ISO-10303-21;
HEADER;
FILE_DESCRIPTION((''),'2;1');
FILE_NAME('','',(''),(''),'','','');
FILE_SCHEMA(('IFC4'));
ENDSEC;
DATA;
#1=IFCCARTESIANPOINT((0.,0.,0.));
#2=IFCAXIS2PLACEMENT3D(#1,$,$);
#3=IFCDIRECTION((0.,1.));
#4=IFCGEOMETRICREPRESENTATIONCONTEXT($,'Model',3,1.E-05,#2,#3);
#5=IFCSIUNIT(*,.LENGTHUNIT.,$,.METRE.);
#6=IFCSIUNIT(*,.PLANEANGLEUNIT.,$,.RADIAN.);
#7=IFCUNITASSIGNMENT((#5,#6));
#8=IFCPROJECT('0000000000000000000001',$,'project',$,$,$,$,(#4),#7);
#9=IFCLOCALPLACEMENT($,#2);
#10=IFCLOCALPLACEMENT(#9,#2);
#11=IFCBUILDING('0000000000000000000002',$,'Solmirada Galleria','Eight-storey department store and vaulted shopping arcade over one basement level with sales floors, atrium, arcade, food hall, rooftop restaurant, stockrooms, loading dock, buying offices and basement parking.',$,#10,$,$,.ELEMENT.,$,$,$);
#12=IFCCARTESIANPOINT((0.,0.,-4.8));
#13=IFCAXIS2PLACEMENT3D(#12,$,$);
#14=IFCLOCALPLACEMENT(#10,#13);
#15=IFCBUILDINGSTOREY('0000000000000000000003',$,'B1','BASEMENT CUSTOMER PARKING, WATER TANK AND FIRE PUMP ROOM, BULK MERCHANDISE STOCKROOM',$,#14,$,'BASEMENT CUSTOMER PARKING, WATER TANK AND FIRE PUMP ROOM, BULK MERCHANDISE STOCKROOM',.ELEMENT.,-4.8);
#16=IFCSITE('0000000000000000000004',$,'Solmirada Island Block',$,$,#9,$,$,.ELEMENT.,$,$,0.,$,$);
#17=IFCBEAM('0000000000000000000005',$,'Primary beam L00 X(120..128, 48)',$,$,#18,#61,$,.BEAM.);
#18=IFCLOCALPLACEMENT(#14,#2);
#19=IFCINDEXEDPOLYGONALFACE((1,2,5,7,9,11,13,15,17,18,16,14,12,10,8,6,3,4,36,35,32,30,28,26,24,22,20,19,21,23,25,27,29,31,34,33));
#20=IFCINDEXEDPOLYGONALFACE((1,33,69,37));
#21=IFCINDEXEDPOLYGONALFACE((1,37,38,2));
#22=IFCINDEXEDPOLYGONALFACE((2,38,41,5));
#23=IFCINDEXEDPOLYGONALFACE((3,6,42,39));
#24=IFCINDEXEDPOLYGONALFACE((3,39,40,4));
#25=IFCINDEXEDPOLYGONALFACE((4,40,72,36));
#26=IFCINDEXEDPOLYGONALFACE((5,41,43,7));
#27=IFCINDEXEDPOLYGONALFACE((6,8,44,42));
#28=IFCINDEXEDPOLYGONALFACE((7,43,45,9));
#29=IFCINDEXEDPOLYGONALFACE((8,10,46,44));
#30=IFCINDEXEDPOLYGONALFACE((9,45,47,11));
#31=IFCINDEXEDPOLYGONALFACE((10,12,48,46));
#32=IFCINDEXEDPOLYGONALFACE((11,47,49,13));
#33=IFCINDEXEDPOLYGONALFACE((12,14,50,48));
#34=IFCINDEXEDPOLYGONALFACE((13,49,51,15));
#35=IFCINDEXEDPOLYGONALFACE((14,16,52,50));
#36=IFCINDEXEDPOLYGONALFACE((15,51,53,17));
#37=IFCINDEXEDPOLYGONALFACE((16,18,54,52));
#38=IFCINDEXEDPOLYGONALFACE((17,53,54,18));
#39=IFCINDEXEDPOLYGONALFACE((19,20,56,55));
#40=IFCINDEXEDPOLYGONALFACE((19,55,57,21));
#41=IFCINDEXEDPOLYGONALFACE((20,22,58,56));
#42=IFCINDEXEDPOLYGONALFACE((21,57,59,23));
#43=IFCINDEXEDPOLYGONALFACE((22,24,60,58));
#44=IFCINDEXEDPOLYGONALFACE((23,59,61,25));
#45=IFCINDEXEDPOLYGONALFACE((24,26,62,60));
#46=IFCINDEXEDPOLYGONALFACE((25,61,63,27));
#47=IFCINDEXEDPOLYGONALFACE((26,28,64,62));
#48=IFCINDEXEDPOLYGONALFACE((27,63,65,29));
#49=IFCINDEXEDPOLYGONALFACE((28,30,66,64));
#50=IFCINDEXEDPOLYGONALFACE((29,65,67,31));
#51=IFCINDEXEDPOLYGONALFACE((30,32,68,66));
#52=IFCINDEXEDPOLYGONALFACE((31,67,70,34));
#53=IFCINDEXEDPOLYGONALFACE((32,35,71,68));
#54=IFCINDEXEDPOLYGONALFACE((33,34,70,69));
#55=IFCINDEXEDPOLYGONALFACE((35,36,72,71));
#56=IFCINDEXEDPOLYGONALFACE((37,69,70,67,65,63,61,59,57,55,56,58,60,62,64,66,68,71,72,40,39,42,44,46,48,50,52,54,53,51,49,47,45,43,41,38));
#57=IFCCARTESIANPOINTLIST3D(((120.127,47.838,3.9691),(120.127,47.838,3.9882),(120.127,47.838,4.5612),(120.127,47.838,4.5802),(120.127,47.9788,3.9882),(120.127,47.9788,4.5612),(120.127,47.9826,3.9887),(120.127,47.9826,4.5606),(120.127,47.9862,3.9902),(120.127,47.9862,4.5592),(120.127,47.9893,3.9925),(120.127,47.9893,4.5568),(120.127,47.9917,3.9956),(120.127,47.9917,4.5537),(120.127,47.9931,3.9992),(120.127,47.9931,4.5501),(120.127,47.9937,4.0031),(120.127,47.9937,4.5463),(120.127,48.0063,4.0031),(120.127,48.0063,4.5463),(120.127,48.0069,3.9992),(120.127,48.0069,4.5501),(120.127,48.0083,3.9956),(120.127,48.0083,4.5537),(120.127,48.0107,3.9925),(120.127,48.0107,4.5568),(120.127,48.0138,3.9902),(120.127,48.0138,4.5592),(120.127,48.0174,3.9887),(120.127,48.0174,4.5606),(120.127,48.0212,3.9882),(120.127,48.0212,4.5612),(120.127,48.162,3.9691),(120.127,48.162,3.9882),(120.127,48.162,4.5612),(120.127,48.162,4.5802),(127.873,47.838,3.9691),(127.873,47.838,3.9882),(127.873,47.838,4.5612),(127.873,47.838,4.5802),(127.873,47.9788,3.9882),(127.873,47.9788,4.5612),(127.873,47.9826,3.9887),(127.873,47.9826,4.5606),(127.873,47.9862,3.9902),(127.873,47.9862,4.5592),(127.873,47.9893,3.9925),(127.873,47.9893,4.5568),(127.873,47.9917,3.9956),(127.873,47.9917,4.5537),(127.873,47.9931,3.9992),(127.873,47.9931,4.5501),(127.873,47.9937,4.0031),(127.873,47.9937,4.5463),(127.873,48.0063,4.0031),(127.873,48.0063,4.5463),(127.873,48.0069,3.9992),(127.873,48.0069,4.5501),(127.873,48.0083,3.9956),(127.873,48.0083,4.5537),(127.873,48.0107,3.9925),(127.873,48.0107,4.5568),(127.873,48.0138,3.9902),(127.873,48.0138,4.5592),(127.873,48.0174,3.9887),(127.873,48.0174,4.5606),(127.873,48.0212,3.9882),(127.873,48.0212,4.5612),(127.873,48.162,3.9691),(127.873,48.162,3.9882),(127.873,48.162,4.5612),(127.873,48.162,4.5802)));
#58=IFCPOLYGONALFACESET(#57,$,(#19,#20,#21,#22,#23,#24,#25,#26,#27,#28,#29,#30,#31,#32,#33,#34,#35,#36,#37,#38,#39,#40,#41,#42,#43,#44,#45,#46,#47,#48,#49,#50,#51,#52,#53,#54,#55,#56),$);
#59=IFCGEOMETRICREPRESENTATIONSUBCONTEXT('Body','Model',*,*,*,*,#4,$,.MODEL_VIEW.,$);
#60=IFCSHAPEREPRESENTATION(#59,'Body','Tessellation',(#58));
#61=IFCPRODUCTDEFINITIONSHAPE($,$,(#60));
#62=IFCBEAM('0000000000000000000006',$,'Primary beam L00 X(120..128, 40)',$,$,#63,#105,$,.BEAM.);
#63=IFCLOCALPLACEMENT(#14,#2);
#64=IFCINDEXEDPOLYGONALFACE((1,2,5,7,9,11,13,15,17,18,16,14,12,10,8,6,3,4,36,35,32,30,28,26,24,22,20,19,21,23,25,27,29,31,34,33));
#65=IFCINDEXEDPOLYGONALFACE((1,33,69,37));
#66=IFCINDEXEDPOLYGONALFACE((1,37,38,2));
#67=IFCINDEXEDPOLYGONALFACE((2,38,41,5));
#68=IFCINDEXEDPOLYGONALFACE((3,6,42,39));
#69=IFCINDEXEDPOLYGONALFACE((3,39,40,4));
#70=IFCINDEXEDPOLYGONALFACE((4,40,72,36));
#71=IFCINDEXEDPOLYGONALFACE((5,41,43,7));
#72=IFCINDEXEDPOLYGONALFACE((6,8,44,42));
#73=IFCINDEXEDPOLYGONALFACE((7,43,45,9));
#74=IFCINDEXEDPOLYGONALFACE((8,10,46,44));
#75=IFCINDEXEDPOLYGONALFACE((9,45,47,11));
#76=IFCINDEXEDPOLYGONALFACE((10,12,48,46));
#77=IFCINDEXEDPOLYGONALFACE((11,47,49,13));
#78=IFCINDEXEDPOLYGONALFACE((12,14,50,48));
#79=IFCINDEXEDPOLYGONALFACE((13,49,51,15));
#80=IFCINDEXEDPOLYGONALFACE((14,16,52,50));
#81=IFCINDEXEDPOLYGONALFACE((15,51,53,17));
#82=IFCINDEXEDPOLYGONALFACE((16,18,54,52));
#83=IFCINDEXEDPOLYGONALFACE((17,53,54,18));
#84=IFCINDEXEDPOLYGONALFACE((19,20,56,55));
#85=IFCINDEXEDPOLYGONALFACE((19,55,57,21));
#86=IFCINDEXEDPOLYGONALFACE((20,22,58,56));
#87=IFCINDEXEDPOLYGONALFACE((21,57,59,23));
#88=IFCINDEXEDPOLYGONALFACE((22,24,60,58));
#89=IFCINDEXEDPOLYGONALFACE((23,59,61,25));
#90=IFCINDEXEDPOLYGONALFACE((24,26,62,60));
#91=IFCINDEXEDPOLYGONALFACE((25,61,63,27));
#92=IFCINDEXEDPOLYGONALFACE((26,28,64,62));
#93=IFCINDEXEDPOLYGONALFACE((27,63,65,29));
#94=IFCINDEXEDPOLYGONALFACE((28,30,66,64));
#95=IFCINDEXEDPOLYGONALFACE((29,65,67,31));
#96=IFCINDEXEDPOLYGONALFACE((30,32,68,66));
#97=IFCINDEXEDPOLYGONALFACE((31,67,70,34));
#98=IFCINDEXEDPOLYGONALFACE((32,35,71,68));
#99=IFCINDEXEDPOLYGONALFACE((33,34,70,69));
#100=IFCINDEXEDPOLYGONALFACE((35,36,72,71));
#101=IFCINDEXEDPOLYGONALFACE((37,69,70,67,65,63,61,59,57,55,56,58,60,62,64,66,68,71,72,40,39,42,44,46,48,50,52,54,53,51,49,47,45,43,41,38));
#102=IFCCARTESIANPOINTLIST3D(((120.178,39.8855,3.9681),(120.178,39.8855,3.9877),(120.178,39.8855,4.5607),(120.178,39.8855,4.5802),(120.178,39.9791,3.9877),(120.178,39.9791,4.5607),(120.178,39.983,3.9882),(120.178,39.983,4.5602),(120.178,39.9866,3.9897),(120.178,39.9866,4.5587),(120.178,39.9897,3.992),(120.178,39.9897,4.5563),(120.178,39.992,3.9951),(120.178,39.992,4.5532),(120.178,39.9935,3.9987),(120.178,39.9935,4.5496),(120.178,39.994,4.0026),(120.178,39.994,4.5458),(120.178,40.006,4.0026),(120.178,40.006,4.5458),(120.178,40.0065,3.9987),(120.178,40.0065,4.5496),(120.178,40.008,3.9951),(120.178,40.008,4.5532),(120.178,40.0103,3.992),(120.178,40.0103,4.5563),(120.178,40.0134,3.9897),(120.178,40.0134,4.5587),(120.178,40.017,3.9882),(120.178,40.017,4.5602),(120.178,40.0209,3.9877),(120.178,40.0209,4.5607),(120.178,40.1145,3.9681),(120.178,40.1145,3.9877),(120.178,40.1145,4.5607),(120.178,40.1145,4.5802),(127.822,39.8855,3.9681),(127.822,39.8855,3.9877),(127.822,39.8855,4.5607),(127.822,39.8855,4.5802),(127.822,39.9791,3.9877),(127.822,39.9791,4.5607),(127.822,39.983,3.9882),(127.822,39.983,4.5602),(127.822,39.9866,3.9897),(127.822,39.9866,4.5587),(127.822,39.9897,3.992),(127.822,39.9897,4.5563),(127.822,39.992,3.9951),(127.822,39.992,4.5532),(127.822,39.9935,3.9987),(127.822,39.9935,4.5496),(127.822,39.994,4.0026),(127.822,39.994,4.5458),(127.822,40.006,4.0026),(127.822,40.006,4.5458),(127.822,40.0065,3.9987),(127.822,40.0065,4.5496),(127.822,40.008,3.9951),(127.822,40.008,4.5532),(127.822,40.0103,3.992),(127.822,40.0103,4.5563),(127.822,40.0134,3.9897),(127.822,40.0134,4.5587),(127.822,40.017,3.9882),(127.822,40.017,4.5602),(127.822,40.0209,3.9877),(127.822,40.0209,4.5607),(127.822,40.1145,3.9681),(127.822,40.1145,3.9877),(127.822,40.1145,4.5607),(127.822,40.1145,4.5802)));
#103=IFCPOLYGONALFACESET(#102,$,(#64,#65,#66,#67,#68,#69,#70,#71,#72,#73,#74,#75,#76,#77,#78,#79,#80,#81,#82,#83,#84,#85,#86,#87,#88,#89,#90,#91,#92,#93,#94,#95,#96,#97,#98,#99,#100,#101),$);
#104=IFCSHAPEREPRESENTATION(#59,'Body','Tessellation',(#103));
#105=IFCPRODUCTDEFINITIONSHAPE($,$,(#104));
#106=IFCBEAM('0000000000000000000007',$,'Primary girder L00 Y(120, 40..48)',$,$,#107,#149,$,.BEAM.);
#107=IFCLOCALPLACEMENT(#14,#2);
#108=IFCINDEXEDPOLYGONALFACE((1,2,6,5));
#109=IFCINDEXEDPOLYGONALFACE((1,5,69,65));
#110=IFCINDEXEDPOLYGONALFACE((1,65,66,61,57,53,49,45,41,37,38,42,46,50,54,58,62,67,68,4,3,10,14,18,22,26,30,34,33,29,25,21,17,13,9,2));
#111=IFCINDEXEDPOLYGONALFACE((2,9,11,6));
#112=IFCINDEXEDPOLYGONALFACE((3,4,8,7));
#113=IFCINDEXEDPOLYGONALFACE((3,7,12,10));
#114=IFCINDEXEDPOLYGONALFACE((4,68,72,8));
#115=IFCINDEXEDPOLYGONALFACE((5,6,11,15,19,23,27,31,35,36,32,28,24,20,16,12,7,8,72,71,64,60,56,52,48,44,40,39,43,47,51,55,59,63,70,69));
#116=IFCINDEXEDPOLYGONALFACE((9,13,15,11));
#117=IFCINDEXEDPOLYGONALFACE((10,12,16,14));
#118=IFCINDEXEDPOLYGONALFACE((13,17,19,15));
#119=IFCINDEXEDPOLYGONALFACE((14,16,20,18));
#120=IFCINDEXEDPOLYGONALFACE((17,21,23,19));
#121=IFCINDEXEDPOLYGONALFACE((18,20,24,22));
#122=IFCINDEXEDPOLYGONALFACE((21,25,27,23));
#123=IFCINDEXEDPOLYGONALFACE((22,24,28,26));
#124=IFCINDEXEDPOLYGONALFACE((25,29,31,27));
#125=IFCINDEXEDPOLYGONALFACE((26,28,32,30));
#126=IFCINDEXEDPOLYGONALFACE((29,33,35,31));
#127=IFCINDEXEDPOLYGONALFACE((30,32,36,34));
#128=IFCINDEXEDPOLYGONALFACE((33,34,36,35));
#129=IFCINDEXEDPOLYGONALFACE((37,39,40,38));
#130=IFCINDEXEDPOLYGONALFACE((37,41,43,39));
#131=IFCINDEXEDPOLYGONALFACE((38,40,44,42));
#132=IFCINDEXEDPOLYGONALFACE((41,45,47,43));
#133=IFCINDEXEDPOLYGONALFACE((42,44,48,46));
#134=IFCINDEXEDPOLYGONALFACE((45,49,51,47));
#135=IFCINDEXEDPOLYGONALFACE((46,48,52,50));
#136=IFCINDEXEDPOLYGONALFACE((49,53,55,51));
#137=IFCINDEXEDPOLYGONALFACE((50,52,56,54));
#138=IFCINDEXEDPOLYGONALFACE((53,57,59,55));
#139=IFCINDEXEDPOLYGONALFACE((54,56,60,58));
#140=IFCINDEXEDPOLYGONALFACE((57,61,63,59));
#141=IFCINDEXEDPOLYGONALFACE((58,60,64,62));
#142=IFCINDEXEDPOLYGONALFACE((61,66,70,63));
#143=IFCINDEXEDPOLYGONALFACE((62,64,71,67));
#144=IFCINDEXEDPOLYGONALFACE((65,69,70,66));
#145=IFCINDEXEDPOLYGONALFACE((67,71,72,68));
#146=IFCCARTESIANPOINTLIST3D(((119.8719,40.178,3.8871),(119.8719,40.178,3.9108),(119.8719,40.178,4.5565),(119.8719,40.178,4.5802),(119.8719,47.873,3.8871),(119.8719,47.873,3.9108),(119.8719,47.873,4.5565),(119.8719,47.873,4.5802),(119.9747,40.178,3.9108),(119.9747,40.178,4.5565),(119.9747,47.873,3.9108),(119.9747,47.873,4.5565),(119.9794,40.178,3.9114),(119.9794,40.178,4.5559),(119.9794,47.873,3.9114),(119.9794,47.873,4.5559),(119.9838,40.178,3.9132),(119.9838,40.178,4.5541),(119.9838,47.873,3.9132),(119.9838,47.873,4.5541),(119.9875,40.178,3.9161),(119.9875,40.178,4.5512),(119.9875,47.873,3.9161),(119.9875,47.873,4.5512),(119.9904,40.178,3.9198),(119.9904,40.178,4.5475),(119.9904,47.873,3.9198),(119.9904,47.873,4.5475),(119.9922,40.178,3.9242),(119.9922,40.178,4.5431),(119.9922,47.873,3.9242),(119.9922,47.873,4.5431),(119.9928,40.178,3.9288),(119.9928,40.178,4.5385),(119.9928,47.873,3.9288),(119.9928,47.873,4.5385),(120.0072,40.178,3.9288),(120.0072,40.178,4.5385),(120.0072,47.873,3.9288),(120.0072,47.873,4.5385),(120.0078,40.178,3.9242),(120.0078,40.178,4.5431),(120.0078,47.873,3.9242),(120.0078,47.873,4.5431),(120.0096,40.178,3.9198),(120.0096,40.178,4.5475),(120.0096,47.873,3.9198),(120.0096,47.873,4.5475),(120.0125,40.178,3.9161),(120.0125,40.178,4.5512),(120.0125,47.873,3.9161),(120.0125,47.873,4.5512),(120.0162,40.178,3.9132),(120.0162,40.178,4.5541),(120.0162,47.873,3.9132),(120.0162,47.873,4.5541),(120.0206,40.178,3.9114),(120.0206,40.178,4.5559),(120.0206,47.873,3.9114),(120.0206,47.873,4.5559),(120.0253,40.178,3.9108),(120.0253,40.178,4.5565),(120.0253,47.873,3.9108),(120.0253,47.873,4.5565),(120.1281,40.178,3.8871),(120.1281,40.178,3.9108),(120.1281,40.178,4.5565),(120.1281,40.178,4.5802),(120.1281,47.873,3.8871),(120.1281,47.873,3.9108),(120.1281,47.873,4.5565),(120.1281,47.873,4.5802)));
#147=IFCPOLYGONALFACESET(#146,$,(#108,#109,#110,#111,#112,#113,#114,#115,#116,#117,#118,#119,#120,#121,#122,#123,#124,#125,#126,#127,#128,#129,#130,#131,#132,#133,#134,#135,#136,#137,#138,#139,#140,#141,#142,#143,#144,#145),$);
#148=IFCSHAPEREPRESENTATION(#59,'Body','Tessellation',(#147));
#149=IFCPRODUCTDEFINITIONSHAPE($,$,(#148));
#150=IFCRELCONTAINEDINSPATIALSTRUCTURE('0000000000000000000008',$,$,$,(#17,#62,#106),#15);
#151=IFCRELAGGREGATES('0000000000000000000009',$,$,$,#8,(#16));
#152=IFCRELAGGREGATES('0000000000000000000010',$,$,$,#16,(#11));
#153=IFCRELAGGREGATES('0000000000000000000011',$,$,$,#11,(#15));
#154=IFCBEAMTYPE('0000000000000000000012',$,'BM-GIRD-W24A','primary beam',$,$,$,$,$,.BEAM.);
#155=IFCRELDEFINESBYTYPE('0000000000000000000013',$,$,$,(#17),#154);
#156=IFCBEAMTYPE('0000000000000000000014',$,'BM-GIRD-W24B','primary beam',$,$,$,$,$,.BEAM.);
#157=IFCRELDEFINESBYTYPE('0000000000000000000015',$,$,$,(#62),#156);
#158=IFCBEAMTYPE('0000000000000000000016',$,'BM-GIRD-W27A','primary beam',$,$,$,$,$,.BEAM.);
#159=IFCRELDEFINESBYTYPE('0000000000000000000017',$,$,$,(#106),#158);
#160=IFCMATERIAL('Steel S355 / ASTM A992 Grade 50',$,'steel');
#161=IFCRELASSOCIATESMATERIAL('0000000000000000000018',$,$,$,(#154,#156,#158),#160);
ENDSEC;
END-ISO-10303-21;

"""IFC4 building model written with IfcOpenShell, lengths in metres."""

from ifc_helpers import new_model, si_unit, direction, frame, origin, origin_2d, place, context, subcontext, project, spatial, i_section, extrude, material, material_profile, profile_set, type_object, element, save


model = new_model("IFC4")

# Units and contexts
model_context = context("Model", 3, precision=1e-05, world=origin(), true_north=direction((0.0, 1.0)))
body_context = subcontext(model_context, "Body", "Model", "MODEL_VIEW")
ifc_project = project(units=[si_unit("LENGTHUNIT", "METRE"), si_unit("PLANEANGLEUNIT", "RADIAN")], contexts=[model_context])

# Site, building, storey
site_placement = place(None, origin())
site = spatial("IfcSite", under=ifc_project, at=site_placement, Name="Solmirada Island Block", CompositionType="ELEMENT", RefElevation=0.0)
building_placement = place(site_placement, origin())
building = spatial("IfcBuilding", under=site, at=building_placement, Name="Solmirada Galleria", Description="Eight-storey department store and vaulted shopping arcade over one basement level with sales floors, atrium, arcade, food hall, rooftop restaurant, stockrooms, loading dock, buying offices and basement parking.", CompositionType="ELEMENT")
storey_placement = place(building_placement, frame((0.0, 0.0, -4.8)))
storey = spatial("IfcBuildingStorey", under=building, at=storey_placement, Name="B1", Description="BASEMENT CUSTOMER PARKING, WATER TANK AND FIRE PUMP ROOM, BULK MERCHANDISE STOCKROOM", LongName="BASEMENT CUSTOMER PARKING, WATER TANK AND FIRE PUMP ROOM, BULK MERCHANDISE STOCKROOM", CompositionType="ELEMENT", Elevation=-4.8)

# Beams
ifc_material_1 = material(Name="Steel S355 / ASTM A992 Grade 50", Category="steel")
ifc_material_profile_1 = material_profile(ifc_material_1, i_section(OverallWidth=0.324, OverallDepth=0.6111, WebThickness=0.0127, FlangeThickness=0.019, FilletRadius=0.0149, at=origin_2d()), Name="W24X104")
ifc_profile_set_1 = profile_set([ifc_material_profile_1], Name="Steel S355 / ASTM A992 Grade 50")
beam_type_1 = type_object("IfcBeamType", Name="BM-GIRD-W24A", Description="primary beam", PredefinedType="BEAM", material=ifc_profile_set_1)
beam_1_placement = place(storey_placement, frame((120.127, 48.0, 4.2747), z_axis=(1.0, 0.0, 0.0), x_axis=(0.0, 1.0, 0.0)))
element("IfcBeam", 1, at=beam_1_placement, inside=storey, type_object=beam_type_1, Name="Primary beam L00 X(120..128, 48)", PredefinedType="BEAM", context=body_context, shape_type="SweptSolid", body=[
    extrude(i_section(OverallWidth=0.324, OverallDepth=0.6111, WebThickness=0.0127, FlangeThickness=0.019, FilletRadius=0.0149, at=origin_2d()), origin(), (0.0, 0.0, 1.0), 7.7461),
])
ifc_material_profile_2 = material_profile(ifc_material_1, i_section(OverallWidth=0.229, OverallDepth=0.6121, WebThickness=0.012, FlangeThickness=0.0195, FilletRadius=0.0149, at=origin_2d()), Name="W24X84")
ifc_profile_set_2 = profile_set([ifc_material_profile_2], Name="Steel S355 / ASTM A992 Grade 50")
beam_type_2 = type_object("IfcBeamType", Name="BM-GIRD-W24B", Description="primary beam", PredefinedType="BEAM", material=ifc_profile_set_2)
beam_2_placement = place(storey_placement, frame((120.178, 40.0, 4.2742), z_axis=(1.0, 0.0, 0.0), x_axis=(0.0, 1.0, 0.0)))
element("IfcBeam", 2, at=beam_2_placement, inside=storey, type_object=beam_type_2, Name="Primary beam L00 X(120..128, 40)", PredefinedType="BEAM", context=body_context, shape_type="SweptSolid", body=[
    extrude(i_section(OverallWidth=0.229, OverallDepth=0.6121, WebThickness=0.012, FlangeThickness=0.0195, FilletRadius=0.0149, at=origin_2d()), origin(), (0.0, 0.0, 1.0), 7.644),
])
ifc_material_profile_3 = material_profile(ifc_material_1, i_section(OverallWidth=0.2561, OverallDepth=0.6931, WebThickness=0.0144, FlangeThickness=0.0237, FilletRadius=0.0181, at=origin_2d()), Name="W27X114")
ifc_profile_set_3 = profile_set([ifc_material_profile_3], Name="Steel S355 / ASTM A992 Grade 50")
beam_type_3 = type_object("IfcBeamType", Name="BM-GIRD-W27A", Description="primary beam", PredefinedType="BEAM", material=ifc_profile_set_3)
beam_3_placement = place(storey_placement, frame((120.0, 40.178, 4.2336), z_axis=(0.0, 1.0, 0.0), x_axis=(-1.0, 0.0, 0.0)))
element("IfcBeam", 3, at=beam_3_placement, inside=storey, type_object=beam_type_3, Name="Primary girder L00 Y(120, 40..48)", PredefinedType="BEAM", context=body_context, shape_type="SweptSolid", body=[
    extrude(i_section(OverallWidth=0.2561, OverallDepth=0.6931, WebThickness=0.0144, FlangeThickness=0.0237, FilletRadius=0.0181, at=origin_2d()), origin(), (0.0, 0.0, 1.0), 7.6951),
])

save(model, "model.ifc")
